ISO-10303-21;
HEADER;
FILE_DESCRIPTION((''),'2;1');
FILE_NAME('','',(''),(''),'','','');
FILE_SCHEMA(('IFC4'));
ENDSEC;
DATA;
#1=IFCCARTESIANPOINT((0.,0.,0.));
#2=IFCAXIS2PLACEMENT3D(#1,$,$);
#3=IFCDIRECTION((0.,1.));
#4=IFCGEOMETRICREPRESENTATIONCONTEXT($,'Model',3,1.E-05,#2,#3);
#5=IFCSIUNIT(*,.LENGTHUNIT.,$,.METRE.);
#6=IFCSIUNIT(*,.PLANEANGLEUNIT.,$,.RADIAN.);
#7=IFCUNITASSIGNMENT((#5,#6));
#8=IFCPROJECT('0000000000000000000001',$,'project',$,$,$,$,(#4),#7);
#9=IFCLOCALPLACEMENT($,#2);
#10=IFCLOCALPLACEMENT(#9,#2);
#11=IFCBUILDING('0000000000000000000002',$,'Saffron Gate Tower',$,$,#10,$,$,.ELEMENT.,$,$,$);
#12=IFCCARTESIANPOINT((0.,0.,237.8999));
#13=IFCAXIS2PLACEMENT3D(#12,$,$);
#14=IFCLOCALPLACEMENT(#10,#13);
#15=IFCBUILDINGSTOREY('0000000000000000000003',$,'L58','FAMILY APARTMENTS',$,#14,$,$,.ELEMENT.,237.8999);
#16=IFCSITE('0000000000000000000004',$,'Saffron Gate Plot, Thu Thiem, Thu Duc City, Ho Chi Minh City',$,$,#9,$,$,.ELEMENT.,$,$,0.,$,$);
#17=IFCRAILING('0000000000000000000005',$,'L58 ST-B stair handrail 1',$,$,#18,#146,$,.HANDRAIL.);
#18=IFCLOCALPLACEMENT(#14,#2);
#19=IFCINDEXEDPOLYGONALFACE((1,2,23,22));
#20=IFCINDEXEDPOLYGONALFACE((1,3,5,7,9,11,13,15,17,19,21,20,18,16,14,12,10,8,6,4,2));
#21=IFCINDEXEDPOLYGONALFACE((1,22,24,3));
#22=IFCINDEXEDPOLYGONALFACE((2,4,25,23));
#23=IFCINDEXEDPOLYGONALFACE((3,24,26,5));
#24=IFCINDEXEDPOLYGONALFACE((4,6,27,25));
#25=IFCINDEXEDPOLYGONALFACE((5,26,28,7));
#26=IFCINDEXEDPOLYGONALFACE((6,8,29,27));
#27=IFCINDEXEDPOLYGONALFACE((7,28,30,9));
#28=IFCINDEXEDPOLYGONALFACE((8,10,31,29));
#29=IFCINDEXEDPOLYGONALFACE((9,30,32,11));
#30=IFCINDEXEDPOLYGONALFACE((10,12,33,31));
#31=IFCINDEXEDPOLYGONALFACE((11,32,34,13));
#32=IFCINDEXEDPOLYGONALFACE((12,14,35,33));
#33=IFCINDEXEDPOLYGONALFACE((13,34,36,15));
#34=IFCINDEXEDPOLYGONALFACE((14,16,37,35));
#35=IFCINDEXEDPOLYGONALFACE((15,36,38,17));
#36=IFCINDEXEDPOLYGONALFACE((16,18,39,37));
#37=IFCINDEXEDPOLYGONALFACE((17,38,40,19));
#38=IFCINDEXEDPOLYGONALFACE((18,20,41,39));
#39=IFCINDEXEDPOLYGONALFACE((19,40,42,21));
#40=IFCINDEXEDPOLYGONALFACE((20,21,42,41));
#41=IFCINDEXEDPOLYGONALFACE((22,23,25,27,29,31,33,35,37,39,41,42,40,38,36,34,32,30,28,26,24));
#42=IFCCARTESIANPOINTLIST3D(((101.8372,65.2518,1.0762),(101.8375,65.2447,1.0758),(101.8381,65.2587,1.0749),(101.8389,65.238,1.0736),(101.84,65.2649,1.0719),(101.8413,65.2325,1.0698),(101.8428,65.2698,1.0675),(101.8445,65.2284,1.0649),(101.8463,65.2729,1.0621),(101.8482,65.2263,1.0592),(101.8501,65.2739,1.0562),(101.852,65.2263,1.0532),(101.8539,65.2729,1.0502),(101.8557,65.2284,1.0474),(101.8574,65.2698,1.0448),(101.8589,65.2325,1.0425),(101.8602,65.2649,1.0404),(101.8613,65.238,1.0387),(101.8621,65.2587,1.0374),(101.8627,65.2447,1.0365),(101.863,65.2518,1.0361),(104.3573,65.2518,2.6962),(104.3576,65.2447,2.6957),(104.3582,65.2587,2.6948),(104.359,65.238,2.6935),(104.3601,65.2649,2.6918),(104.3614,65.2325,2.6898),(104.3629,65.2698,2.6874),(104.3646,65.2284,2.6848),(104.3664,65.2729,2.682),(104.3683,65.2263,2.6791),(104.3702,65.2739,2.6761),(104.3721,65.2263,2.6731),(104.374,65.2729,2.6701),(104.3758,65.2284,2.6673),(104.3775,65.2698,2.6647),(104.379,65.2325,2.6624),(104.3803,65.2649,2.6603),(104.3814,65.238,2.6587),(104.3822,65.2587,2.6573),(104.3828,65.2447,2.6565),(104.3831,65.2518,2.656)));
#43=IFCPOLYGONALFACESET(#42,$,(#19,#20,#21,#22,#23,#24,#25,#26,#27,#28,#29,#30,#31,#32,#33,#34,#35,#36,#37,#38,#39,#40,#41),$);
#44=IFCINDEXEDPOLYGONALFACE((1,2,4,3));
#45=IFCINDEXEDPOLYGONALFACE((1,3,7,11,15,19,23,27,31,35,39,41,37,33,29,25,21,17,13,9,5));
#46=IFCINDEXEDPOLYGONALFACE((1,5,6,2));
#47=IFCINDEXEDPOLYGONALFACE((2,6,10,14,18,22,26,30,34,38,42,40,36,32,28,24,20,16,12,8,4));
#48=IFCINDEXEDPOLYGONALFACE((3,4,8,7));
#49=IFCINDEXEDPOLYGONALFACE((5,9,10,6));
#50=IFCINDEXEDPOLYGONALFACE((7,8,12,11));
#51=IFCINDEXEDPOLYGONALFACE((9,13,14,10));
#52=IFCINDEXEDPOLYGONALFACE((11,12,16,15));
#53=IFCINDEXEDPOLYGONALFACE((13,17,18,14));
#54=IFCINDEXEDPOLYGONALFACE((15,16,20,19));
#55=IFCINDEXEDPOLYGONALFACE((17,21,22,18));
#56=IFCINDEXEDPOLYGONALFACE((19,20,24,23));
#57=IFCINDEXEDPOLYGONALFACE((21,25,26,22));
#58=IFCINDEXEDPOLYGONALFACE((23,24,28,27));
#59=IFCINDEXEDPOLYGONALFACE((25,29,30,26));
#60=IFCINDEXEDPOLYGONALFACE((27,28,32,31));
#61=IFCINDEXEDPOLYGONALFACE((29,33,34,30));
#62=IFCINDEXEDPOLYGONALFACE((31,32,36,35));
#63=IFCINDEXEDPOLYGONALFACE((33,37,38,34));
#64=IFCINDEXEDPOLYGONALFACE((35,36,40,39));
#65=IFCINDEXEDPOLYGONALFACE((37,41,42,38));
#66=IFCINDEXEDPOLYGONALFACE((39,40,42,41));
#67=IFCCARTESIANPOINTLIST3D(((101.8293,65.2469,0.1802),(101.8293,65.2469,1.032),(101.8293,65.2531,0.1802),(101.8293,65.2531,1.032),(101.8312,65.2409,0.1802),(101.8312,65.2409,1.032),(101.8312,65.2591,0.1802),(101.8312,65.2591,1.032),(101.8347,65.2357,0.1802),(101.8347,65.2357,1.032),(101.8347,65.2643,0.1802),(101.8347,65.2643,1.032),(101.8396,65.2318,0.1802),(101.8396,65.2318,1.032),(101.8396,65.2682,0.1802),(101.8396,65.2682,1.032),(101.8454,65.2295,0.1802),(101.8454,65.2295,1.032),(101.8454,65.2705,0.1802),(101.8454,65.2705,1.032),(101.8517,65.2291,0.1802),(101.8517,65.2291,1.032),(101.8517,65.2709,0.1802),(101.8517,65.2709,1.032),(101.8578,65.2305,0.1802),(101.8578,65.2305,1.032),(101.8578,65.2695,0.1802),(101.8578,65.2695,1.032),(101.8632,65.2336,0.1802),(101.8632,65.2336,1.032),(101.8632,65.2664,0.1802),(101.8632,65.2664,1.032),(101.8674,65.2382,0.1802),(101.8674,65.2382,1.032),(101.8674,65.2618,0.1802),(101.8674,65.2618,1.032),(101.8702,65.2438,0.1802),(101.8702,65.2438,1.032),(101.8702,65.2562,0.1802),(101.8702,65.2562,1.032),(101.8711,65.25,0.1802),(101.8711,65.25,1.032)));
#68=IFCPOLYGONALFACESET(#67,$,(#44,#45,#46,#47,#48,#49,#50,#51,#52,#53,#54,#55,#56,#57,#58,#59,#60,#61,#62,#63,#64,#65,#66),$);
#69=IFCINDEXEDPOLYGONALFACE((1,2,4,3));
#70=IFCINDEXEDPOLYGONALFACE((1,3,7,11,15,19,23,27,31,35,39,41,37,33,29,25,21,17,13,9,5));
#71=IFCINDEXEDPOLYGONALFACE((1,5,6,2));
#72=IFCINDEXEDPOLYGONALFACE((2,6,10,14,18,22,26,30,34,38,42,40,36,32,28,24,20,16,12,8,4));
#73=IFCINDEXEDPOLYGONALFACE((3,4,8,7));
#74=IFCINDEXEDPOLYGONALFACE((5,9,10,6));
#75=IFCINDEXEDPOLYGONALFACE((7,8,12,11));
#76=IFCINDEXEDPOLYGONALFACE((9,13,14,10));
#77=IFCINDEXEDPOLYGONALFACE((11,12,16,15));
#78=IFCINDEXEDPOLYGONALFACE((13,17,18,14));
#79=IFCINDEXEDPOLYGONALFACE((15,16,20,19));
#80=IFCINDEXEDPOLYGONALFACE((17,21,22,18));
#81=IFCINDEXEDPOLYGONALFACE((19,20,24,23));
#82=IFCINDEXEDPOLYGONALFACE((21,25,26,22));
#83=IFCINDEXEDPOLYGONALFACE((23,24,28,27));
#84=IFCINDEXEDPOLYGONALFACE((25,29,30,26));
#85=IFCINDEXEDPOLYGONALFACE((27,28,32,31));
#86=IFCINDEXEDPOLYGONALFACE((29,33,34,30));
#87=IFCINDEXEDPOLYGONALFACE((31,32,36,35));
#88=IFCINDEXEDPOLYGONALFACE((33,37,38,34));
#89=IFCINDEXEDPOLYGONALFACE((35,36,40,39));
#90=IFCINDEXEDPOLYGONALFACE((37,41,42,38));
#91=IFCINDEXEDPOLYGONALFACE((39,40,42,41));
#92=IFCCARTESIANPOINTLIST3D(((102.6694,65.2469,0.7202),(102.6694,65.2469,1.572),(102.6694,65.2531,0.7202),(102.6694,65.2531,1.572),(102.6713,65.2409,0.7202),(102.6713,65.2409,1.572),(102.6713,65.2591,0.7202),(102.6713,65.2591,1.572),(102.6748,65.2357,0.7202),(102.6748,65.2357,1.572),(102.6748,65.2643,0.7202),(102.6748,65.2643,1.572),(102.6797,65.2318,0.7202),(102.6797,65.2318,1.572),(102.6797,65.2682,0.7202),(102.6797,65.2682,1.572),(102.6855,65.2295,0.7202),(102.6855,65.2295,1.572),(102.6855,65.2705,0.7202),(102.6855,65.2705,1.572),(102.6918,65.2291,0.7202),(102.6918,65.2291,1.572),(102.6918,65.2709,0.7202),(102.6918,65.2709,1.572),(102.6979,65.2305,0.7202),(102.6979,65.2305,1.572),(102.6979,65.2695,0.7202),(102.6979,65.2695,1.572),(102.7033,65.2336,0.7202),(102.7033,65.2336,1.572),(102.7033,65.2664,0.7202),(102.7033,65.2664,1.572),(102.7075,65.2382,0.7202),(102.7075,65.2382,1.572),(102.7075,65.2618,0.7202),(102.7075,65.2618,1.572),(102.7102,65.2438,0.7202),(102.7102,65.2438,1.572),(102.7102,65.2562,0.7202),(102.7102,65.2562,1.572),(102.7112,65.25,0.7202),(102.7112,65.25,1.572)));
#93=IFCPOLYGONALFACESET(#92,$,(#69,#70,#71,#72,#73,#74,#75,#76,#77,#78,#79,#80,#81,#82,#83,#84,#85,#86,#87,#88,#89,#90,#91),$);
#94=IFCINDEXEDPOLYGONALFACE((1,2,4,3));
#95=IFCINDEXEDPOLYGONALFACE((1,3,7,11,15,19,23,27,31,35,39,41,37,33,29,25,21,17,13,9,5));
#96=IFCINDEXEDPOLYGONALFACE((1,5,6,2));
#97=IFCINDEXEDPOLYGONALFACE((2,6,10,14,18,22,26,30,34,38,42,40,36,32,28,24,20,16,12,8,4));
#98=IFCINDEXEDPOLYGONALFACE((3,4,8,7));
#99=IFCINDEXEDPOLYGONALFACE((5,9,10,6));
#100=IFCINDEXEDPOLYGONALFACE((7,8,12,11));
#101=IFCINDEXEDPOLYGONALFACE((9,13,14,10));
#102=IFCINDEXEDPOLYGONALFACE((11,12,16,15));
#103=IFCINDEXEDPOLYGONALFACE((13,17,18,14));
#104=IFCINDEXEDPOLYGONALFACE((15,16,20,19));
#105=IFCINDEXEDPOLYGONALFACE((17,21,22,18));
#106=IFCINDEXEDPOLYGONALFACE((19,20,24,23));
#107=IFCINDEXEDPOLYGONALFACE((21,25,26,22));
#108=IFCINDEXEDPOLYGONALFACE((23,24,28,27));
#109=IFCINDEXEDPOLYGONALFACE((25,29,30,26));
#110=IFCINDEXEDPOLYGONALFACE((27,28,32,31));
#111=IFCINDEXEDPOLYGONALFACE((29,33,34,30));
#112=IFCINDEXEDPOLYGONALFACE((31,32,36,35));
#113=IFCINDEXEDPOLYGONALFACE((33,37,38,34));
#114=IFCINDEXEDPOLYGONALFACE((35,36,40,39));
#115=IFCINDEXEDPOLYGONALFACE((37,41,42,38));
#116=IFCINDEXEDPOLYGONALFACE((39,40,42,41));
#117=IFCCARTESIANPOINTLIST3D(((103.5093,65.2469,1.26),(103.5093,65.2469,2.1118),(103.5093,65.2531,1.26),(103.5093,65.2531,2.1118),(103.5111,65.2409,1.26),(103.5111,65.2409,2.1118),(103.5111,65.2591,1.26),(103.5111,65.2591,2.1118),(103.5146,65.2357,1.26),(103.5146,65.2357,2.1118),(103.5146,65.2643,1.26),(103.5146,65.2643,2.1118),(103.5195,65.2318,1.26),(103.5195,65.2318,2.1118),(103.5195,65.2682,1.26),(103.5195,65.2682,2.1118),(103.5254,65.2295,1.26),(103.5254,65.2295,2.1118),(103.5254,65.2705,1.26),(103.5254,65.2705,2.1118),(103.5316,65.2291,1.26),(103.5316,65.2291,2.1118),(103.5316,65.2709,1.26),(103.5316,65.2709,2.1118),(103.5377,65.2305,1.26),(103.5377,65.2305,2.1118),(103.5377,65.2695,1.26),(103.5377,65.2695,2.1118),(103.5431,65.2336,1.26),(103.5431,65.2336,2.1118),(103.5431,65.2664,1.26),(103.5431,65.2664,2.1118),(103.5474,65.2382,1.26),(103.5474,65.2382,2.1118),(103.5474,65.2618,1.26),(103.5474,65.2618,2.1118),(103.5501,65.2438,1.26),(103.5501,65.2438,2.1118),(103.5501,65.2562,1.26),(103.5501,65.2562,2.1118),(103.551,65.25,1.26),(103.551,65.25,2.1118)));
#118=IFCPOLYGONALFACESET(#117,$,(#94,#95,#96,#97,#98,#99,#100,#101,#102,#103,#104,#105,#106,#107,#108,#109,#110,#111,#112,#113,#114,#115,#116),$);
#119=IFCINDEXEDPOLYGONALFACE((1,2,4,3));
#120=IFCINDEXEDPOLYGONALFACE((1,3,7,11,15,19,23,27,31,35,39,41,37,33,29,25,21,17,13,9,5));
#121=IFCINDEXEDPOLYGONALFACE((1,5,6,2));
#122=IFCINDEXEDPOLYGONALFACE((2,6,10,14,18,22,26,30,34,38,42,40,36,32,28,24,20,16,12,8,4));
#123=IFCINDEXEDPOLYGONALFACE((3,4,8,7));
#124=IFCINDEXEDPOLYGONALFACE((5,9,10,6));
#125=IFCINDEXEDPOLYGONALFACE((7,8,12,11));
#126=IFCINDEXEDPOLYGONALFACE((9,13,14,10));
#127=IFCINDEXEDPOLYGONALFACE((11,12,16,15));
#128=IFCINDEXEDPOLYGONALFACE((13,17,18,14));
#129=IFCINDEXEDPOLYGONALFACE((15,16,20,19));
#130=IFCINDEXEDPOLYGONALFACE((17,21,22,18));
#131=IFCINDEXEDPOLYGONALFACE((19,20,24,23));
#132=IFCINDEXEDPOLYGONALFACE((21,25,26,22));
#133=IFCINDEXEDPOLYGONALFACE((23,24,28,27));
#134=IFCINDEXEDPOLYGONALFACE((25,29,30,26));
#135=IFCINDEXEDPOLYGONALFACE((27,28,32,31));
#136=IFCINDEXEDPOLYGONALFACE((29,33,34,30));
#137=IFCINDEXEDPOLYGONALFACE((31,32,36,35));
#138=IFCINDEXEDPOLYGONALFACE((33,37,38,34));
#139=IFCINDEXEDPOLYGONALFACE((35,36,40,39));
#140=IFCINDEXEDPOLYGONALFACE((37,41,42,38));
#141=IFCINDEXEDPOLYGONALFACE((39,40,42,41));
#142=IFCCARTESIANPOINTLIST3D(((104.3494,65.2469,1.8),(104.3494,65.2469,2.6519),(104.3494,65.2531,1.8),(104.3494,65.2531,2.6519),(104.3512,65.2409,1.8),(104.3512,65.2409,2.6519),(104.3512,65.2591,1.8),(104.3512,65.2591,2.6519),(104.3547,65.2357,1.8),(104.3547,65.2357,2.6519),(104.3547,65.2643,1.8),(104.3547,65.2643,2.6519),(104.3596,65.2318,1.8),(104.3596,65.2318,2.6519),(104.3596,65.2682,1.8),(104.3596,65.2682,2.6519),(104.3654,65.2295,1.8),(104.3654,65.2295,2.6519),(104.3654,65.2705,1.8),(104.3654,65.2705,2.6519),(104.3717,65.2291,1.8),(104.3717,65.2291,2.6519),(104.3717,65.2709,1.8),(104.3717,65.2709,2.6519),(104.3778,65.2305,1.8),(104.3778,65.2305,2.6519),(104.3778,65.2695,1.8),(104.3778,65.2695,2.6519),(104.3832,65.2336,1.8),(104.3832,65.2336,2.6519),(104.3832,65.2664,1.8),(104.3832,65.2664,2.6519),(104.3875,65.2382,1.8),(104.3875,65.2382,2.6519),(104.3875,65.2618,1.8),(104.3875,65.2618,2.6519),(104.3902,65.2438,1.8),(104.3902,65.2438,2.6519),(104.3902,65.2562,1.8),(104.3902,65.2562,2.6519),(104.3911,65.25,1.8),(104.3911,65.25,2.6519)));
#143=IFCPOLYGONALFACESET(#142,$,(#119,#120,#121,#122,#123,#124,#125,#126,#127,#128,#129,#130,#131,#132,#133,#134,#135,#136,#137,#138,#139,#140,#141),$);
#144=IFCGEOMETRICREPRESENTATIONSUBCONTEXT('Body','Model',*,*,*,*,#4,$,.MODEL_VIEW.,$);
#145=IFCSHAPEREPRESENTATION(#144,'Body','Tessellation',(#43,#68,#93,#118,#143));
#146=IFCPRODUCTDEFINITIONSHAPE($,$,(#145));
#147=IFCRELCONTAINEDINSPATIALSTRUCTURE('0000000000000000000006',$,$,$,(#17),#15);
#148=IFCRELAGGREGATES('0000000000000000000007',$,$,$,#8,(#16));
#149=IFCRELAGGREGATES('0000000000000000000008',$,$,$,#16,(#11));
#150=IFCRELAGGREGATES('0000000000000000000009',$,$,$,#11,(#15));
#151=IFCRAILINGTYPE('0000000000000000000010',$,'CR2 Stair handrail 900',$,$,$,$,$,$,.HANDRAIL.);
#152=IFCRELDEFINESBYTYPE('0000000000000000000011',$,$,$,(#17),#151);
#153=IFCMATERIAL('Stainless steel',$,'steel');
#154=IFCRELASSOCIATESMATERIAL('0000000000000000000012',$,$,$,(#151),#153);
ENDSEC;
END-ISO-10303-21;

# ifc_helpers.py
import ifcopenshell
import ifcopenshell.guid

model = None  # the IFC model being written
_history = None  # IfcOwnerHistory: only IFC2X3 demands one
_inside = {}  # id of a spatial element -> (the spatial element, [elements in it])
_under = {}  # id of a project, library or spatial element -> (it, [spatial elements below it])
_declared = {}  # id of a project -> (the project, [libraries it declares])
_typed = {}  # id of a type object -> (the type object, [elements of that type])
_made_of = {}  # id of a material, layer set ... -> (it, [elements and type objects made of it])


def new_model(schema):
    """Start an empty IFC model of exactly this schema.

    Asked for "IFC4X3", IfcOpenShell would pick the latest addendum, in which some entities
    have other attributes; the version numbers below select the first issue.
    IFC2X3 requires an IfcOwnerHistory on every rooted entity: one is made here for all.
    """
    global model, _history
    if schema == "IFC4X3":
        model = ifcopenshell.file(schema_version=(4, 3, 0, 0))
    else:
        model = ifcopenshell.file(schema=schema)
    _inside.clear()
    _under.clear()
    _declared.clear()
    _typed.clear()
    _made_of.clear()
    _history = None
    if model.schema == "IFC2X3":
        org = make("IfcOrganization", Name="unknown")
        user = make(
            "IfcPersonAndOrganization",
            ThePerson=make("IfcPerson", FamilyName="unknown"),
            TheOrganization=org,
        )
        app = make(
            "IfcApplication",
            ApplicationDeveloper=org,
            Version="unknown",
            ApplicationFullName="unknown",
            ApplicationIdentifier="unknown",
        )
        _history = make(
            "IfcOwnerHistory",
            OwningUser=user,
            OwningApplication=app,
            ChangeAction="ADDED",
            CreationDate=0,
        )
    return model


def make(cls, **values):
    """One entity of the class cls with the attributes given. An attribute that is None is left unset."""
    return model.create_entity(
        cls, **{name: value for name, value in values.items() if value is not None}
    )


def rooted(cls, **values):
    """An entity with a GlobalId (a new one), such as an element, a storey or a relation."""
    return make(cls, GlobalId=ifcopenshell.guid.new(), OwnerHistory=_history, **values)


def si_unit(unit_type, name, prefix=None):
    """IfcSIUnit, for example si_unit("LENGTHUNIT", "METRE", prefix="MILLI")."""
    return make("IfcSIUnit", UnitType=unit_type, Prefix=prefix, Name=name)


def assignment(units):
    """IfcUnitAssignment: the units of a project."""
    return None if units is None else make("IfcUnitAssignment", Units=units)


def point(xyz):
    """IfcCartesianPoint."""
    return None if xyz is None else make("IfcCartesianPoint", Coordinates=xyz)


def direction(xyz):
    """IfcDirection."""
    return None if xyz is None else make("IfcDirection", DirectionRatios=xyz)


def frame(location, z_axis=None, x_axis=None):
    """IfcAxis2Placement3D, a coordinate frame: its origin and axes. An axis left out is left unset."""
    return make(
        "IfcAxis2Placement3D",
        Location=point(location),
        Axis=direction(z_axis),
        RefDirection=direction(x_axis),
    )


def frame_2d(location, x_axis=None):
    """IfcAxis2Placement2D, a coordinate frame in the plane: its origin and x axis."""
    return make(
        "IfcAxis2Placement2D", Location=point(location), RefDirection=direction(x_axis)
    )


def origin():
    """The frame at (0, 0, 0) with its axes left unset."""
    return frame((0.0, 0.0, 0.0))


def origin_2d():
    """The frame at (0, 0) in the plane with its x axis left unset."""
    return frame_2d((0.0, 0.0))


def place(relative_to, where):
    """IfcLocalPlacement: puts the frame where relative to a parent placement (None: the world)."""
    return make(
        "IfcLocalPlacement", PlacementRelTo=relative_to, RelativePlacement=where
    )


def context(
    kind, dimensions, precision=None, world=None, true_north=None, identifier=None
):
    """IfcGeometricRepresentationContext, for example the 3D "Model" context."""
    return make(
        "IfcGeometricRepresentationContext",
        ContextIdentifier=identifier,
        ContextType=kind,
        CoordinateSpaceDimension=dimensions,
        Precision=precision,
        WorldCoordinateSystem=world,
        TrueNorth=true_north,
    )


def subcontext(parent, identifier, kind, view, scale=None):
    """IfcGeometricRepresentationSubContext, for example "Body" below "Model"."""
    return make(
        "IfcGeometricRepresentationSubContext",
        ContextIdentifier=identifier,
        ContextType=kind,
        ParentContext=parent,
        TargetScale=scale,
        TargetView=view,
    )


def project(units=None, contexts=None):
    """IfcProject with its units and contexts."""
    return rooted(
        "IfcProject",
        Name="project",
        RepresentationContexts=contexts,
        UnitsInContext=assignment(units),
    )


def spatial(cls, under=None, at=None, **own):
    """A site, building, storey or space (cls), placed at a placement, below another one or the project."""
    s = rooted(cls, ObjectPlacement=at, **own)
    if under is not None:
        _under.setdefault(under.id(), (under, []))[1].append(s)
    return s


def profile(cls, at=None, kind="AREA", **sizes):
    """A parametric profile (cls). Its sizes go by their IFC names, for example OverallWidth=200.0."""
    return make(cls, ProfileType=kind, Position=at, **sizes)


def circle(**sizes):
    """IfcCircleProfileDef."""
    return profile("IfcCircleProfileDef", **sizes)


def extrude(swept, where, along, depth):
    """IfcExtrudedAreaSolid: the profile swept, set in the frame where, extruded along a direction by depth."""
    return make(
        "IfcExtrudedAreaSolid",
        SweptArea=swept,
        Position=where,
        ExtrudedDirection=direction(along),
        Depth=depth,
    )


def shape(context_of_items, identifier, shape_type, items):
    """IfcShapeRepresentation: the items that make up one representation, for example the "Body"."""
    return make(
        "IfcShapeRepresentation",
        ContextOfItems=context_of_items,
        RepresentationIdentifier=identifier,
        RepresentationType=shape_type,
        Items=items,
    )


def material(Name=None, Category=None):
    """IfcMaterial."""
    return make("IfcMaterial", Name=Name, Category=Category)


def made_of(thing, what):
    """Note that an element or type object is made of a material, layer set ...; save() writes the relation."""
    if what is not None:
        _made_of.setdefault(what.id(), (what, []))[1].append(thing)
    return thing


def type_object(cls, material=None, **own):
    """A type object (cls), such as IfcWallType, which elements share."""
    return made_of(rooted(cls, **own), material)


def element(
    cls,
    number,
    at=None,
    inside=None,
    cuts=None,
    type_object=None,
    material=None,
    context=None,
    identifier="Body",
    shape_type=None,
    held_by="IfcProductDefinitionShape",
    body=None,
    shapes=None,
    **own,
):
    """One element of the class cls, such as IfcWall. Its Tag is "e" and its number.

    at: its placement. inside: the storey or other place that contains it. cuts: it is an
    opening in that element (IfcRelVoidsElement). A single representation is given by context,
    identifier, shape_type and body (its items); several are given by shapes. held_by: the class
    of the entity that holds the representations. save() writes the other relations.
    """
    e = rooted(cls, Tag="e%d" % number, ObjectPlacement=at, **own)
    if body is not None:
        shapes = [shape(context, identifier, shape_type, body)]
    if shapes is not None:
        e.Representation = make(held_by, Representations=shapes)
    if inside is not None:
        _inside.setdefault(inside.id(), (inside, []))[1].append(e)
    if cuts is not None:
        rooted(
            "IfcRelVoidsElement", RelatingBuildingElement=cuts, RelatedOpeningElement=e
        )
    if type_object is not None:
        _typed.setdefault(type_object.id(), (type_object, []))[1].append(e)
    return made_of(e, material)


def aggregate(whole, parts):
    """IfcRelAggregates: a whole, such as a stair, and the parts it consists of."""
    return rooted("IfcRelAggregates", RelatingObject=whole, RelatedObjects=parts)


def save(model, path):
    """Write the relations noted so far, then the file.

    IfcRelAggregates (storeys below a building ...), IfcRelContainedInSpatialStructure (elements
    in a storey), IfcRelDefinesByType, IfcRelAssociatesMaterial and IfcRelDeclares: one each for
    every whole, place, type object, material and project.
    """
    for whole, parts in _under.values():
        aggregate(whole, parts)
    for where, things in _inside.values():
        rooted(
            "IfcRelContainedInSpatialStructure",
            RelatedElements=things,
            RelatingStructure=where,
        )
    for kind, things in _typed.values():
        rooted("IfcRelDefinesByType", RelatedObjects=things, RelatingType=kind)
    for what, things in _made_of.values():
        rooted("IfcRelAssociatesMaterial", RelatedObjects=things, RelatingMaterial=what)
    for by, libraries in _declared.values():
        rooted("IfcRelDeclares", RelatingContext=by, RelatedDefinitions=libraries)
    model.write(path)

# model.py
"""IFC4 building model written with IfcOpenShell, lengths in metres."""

from ifc_helpers import new_model, si_unit, direction, frame, origin, origin_2d, place, context, subcontext, project, spatial, circle, extrude, material, type_object, element, save


model = new_model("IFC4")

# Units and contexts
model_context = context("Model", 3, precision=1e-05, world=origin(), true_north=direction((0.0, 1.0)))
body_context = subcontext(model_context, "Body", "Model", "MODEL_VIEW")
ifc_project = project(units=[si_unit("LENGTHUNIT", "METRE"), si_unit("PLANEANGLEUNIT", "RADIAN")], contexts=[model_context])

# Site, building, storey
site_placement = place(None, origin())
site = spatial("IfcSite", under=ifc_project, at=site_placement, Name="Saffron Gate Plot, Thu Thiem, Thu Duc City, Ho Chi Minh City", CompositionType="ELEMENT", RefElevation=0.0)
building_placement = place(site_placement, origin())
building = spatial("IfcBuilding", under=site, at=building_placement, Name="Saffron Gate Tower", CompositionType="ELEMENT")
storey_placement = place(building_placement, frame((0.0, 0.0, 237.8999)))
storey = spatial("IfcBuildingStorey", under=building, at=storey_placement, Name="L58", Description="FAMILY APARTMENTS", CompositionType="ELEMENT", Elevation=237.8999)

# Railing
ifc_material_1 = material(Name="Stainless steel", Category="steel")
railing_type = type_object("IfcRailingType", Name="CR2 Stair handrail 900", PredefinedType="HANDRAIL", material=ifc_material_1)
railing_1_placement = place(storey_placement, frame((101.8501, 65.25, 0.1802)))
element("IfcRailing", 1, at=railing_1_placement, inside=storey, type_object=railing_type, Name="L58 ST-B stair handrail 1", PredefinedType="HANDRAIL", context=body_context, shape_type="SweptSolid", body=[
    extrude(circle(Radius=0.0239, at=origin_2d()), frame((0.0, 0.0, 0.876), z_axis=(0.8412, 0.0, 0.540725), x_axis=(0.0, 1.0, 0.0)), (0.0, 0.0, 1.0), 2.9958),
    extrude(circle(Radius=0.021, at=origin_2d()), origin(), (0.0, 0.0, 1.0), 0.8518),
    extrude(circle(Radius=0.021, at=origin_2d()), frame((0.8401, 0.0, 0.54)), (0.0, 0.0, 1.0), 0.8518),
    extrude(circle(Radius=0.021, at=origin_2d()), frame((1.6799, 0.0, 1.0798)), (0.0, 0.0, 1.0), 0.8518),
    extrude(circle(Radius=0.021, at=origin_2d()), frame((2.52, 0.0, 1.6199)), (0.0, 0.0, 1.0), 0.8518),
])

save(model, "model.ifc")
